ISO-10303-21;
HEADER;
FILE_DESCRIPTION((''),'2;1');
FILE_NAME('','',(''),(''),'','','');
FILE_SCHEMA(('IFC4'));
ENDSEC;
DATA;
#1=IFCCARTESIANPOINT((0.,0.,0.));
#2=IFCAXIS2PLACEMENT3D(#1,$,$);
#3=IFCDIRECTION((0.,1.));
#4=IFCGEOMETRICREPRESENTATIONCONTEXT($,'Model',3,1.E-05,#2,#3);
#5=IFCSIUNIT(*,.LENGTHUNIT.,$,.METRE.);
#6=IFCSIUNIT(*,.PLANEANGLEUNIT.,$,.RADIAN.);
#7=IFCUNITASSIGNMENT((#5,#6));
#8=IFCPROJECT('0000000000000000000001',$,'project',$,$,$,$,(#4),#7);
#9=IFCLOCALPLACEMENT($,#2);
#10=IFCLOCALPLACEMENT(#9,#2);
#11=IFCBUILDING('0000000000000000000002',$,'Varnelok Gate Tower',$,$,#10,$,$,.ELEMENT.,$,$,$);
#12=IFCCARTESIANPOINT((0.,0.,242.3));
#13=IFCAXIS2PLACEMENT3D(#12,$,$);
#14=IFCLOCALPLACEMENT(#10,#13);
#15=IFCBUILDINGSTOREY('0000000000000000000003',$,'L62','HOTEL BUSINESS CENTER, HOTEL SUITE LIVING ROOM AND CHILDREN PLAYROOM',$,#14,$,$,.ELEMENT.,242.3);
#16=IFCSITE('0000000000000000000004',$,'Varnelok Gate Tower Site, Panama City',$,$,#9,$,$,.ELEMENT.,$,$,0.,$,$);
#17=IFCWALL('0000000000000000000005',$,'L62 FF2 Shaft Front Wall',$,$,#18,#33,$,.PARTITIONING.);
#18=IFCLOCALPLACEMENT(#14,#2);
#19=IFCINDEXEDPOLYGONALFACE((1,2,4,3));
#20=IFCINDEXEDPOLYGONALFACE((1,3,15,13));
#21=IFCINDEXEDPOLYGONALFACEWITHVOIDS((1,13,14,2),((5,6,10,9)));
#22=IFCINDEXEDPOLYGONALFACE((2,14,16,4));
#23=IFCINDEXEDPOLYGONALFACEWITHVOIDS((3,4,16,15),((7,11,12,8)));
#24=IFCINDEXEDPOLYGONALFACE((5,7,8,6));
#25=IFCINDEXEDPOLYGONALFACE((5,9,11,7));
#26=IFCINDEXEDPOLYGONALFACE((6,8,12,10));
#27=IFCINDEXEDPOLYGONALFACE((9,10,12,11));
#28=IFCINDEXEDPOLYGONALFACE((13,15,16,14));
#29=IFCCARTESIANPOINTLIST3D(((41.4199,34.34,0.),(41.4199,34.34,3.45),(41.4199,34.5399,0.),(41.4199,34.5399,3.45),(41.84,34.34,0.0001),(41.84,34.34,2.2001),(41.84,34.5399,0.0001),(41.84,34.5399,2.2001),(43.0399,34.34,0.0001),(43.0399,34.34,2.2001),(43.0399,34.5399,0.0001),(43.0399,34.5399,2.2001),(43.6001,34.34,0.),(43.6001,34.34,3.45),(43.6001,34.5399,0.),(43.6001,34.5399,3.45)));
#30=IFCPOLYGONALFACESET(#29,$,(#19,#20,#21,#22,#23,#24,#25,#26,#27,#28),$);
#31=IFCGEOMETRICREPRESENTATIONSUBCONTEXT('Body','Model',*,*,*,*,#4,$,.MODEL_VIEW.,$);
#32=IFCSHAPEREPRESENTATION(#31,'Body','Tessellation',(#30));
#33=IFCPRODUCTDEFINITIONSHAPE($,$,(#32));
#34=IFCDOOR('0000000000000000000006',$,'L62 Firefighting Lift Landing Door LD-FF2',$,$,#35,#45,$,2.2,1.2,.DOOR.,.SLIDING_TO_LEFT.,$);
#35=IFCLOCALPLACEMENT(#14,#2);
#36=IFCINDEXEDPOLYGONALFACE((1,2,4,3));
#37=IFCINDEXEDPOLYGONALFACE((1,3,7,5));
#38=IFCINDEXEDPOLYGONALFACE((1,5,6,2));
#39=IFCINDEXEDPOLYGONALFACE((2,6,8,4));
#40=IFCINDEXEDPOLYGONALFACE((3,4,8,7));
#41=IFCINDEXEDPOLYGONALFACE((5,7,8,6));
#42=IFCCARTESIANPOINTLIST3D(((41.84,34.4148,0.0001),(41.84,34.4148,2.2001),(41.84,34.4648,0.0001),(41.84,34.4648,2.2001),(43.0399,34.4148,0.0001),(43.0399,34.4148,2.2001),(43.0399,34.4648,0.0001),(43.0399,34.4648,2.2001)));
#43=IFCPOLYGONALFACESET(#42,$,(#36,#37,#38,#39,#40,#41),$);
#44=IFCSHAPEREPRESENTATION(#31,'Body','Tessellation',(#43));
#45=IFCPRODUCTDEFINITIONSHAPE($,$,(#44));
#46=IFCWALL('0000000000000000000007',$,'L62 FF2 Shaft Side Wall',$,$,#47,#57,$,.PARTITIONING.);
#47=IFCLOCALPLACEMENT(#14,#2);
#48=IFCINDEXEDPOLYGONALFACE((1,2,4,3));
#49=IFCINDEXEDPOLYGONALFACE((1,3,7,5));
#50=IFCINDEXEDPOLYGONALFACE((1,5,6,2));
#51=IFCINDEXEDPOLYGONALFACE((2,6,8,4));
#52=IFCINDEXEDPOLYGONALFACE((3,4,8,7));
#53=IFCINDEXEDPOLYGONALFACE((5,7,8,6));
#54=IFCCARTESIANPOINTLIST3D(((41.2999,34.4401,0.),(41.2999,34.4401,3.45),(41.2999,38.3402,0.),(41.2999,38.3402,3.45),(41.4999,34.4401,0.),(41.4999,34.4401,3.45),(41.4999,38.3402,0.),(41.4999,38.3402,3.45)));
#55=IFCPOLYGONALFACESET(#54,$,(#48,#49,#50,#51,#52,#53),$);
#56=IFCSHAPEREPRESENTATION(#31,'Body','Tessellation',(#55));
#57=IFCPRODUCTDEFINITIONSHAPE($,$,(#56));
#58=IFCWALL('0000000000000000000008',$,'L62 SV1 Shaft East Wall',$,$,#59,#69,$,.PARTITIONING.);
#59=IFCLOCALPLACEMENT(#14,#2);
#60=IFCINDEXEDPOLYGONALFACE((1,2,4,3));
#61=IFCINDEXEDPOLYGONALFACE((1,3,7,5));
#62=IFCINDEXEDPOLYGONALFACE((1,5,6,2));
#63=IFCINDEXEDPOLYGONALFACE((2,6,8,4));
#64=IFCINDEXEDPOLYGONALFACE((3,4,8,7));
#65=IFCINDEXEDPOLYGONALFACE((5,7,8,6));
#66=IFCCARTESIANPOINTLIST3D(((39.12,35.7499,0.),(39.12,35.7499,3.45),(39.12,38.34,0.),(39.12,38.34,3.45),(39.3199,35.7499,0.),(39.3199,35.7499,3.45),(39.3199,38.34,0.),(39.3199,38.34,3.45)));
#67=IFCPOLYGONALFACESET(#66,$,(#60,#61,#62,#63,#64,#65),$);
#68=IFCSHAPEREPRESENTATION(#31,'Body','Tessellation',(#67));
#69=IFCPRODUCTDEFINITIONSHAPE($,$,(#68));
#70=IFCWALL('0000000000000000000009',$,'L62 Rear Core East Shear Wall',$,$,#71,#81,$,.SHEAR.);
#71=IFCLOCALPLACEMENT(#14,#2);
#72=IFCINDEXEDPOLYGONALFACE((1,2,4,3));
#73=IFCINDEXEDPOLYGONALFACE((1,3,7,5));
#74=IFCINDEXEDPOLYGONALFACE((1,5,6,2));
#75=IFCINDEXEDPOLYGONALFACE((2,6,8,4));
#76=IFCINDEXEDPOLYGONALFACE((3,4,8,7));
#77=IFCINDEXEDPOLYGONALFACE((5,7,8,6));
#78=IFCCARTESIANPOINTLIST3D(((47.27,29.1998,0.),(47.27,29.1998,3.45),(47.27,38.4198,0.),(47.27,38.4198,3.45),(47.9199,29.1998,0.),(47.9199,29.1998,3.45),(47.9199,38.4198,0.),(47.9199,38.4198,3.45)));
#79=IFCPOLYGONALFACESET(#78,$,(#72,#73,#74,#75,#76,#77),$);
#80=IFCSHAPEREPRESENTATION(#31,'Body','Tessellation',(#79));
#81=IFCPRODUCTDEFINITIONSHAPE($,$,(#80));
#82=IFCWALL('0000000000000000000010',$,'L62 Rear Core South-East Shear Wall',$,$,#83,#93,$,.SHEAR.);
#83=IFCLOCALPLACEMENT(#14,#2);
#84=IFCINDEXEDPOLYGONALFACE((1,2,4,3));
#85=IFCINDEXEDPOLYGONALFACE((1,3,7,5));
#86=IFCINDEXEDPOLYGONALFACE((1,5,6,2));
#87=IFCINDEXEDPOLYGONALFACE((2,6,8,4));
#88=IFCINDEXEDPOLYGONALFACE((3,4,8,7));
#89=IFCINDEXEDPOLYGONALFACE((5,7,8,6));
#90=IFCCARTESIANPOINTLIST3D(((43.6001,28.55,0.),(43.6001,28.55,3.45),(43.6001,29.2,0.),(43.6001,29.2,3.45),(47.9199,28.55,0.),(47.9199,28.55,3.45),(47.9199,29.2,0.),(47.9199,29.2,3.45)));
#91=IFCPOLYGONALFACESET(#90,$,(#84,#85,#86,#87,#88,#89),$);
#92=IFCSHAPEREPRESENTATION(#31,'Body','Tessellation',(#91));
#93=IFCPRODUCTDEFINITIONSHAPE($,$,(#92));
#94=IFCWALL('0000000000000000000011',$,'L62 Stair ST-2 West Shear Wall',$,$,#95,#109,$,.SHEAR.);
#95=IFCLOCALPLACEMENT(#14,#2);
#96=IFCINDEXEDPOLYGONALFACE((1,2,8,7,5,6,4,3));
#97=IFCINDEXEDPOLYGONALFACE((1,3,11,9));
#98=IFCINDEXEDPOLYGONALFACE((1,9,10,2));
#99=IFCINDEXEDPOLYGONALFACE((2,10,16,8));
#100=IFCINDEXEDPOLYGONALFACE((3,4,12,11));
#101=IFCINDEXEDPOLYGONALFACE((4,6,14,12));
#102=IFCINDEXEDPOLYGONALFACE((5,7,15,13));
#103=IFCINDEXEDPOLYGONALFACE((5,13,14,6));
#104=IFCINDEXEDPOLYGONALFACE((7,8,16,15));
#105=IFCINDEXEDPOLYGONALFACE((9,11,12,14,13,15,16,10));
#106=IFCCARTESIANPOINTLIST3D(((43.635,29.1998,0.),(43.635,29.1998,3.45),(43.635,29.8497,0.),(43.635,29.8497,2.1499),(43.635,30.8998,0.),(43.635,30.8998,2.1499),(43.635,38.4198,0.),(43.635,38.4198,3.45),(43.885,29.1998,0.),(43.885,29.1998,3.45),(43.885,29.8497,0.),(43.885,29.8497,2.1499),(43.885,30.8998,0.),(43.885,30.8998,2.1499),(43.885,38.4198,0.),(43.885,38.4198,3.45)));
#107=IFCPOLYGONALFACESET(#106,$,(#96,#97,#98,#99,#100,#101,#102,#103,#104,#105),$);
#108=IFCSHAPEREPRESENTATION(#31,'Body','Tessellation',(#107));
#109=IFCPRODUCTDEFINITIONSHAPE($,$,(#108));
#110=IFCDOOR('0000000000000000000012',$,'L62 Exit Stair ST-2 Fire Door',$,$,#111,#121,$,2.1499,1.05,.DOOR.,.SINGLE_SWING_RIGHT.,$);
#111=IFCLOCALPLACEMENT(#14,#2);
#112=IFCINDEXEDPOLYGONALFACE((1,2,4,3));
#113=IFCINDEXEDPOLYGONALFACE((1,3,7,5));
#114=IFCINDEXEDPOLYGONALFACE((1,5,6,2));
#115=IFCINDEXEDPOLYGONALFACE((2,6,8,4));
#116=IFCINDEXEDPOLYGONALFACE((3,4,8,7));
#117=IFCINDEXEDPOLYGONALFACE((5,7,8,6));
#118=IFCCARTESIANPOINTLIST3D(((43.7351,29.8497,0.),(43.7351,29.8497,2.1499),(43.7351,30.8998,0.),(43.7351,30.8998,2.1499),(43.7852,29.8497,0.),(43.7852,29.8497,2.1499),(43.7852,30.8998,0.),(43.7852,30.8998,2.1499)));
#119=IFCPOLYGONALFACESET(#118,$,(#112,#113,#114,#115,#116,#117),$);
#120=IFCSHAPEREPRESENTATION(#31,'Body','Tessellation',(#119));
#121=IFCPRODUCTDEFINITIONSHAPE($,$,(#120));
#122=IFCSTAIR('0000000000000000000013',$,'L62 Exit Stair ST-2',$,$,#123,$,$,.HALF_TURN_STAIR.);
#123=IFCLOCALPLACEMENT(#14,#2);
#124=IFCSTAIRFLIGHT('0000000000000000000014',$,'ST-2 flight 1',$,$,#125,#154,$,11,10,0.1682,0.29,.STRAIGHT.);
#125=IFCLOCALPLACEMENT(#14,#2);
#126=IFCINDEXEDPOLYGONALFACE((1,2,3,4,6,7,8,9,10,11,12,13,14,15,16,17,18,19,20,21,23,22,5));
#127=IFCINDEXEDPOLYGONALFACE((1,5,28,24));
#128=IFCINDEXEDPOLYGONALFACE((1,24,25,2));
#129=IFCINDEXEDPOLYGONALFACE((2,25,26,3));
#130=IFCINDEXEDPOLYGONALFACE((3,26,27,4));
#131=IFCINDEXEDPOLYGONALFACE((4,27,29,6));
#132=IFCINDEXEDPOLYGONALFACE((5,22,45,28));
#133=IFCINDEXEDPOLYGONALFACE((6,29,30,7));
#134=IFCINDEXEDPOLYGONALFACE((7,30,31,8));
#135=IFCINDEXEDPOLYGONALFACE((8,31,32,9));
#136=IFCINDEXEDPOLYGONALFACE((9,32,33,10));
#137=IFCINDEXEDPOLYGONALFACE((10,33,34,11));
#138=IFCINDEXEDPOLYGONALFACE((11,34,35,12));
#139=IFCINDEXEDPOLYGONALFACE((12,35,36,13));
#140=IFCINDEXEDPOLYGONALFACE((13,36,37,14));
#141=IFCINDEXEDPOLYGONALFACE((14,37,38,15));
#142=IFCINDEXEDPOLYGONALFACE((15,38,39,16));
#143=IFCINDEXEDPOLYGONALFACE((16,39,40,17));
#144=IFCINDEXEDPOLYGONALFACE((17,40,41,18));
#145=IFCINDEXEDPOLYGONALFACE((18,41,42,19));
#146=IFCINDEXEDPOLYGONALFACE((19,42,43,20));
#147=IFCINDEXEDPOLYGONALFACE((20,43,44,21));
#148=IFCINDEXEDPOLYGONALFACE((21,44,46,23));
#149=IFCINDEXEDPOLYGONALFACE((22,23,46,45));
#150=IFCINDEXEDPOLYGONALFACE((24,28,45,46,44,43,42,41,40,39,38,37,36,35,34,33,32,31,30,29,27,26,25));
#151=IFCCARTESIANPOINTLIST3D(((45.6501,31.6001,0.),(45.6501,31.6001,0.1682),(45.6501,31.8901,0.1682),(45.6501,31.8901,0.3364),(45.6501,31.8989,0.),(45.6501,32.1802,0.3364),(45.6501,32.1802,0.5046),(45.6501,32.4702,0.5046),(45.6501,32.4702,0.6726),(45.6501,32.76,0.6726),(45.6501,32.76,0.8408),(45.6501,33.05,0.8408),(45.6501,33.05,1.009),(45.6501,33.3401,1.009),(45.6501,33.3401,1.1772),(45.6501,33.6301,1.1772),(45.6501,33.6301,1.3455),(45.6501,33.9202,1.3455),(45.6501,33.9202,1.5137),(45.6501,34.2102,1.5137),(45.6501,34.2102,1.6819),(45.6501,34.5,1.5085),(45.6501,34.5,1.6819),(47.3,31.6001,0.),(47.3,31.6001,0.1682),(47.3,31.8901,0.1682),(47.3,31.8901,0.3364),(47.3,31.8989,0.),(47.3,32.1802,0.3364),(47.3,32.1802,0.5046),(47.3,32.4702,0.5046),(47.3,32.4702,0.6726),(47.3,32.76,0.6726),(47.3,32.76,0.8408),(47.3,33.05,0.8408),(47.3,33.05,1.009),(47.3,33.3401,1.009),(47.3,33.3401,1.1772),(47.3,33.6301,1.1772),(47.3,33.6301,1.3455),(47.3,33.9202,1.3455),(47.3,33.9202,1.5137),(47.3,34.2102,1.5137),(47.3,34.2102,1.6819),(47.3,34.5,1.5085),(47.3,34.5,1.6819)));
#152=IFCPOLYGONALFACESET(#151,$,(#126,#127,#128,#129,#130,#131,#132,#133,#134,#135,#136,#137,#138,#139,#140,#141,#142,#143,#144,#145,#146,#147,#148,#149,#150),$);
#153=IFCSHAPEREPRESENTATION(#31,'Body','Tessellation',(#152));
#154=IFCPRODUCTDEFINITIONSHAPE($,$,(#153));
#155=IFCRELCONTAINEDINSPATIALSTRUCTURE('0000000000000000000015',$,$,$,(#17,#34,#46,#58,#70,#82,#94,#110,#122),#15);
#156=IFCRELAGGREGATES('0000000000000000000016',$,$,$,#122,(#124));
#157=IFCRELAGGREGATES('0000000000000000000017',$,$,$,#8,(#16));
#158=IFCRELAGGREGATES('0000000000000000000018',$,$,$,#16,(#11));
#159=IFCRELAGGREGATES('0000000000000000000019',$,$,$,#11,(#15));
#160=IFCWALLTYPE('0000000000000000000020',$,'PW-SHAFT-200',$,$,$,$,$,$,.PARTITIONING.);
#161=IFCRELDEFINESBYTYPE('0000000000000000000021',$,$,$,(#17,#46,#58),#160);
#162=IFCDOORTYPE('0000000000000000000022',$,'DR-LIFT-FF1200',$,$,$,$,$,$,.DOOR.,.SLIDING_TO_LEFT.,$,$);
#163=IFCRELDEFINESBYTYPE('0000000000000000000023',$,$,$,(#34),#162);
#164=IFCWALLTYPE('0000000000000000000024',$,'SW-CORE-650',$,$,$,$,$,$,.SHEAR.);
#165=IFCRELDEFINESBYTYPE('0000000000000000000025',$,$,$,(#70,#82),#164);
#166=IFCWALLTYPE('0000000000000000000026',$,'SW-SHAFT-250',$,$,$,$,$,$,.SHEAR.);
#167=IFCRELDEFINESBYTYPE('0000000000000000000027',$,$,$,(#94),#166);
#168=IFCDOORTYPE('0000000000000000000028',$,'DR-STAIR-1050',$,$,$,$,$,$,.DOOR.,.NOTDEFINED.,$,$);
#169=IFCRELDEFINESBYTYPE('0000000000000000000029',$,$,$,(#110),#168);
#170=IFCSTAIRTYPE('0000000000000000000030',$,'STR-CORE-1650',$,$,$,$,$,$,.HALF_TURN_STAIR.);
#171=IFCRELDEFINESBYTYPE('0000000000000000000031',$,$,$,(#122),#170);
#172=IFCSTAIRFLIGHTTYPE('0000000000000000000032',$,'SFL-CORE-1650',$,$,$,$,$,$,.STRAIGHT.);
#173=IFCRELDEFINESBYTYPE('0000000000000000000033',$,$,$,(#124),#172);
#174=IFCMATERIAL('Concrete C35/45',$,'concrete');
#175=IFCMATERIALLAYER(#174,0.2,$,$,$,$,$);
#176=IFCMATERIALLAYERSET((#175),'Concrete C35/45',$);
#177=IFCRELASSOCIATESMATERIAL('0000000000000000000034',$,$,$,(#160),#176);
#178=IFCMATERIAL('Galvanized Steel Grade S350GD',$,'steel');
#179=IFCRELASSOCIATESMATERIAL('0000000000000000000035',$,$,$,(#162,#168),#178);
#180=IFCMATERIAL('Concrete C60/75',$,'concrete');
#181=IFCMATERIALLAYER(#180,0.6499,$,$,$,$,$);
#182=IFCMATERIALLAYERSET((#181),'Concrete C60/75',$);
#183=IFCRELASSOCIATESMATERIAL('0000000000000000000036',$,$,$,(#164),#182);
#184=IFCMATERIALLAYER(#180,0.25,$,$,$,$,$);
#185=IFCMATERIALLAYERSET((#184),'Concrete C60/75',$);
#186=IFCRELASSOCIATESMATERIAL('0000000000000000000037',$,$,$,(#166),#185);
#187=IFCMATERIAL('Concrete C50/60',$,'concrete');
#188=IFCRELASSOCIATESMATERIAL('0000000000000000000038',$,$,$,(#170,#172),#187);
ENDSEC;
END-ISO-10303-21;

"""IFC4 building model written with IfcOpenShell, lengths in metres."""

from ifc_helpers import new_model, si_unit, direction, frame, frame_2d, origin, place, context, subcontext, project, spatial, polyline, rectangle, outline, extrude, material, layer, layer_set, type_object, element, fill, aggregate, save


model = new_model("IFC4")

# Units and contexts
model_context = context("Model", 3, precision=1e-05, world=origin(), true_north=direction((0.0, 1.0)))
body_context = subcontext(model_context, "Body", "Model", "MODEL_VIEW")
ifc_project = project(units=[si_unit("LENGTHUNIT", "METRE"), si_unit("PLANEANGLEUNIT", "RADIAN")], contexts=[model_context])

# Site, building, storey
site_placement = place(None, origin())
site = spatial("IfcSite", under=ifc_project, at=site_placement, Name="Varnelok Gate Tower Site, Panama City", CompositionType="ELEMENT", RefElevation=0.0)
building_placement = place(site_placement, origin())
building = spatial("IfcBuilding", under=site, at=building_placement, Name="Varnelok Gate Tower", CompositionType="ELEMENT")
storey_placement = place(building_placement, frame((0.0, 0.0, 242.3)))
storey = spatial("IfcBuildingStorey", under=building, at=storey_placement, Name="L62", Description="HOTEL BUSINESS CENTER, HOTEL SUITE LIVING ROOM AND CHILDREN PLAYROOM", CompositionType="ELEMENT", Elevation=242.3)

# Shared definitions
ifc_material_1 = material(Name="Galvanized Steel Grade S350GD", Category="steel")

# Shared definitions
ifc_material_2 = material(Name="Concrete C35/45", Category="concrete")
ifc_layer_1 = layer(ifc_material_2, 0.2)
ifc_layer_set_1 = layer_set([ifc_layer_1], Name="Concrete C35/45")
wall_type_1 = type_object("IfcWallType", Name="PW-SHAFT-200", PredefinedType="PARTITIONING", material=ifc_layer_set_1)

# Wall, opening, door
wall_1_placement = place(storey_placement, frame((41.4199, 34.4399, 0.0), z_axis=(0.0, 0.0, 1.0), x_axis=(1.0, 0.0, 0.0)))
wall_1 = element("IfcWall", 1, at=wall_1_placement, inside=storey, type_object=wall_type_1, Name="L62 FF2 Shaft Front Wall", PredefinedType="PARTITIONING", context=body_context, shape_type="SweptSolid", body=[
    extrude(rectangle(XDim=2.1802, YDim=0.2, at=frame_2d((1.0901, 0.0))), origin(), (0.0, 0.0, 1.0), 3.45),
])
opening_1_placement = place(wall_1_placement, frame((0.4199, 0.0, 0.0)))
opening_1 = element("IfcOpeningElement", 2, at=opening_1_placement, cuts=wall_1, PredefinedType="OPENING", context=body_context, shape_type="SweptSolid", body=[
    extrude(rectangle(XDim=1.2, YDim=2.2, at=frame_2d((0.6001, 1.1001))), frame((0.0, 0.1099, 0.0), z_axis=(0.0, -1.0, 0.0), x_axis=(1.0, 0.0, 0.0)), (0.0, 0.0, 1.0), 0.22),
])
door_type_1 = type_object("IfcDoorType", Name="DR-LIFT-FF1200", OperationType="SLIDING_TO_LEFT", PredefinedType="DOOR", material=ifc_material_1)
door_1_placement = place(opening_1_placement, origin())
door_1 = element("IfcDoor", 3, at=door_1_placement, inside=storey, type_object=door_type_1, Name="L62 Firefighting Lift Landing Door LD-FF2", OperationType="SLIDING_TO_LEFT", OverallHeight=2.2, OverallWidth=1.2, PredefinedType="DOOR", context=body_context, shape_type="SweptSolid", body=[
    extrude(rectangle(XDim=1.2, YDim=2.2, at=frame_2d((0.6001, 1.1001))), frame((0.0, 0.0249, 0.0), z_axis=(0.0, -1.0, 0.0), x_axis=(1.0, 0.0, 0.0)), (0.0, 0.0, 1.0), 0.05),
])
fill(opening_1, door_1)

# Walls
wall_2_placement = place(storey_placement, frame((41.3999, 34.4399, 0.0), z_axis=(0.0, 0.0, 1.0), x_axis=(0.0, 1.0, 0.0)))
element("IfcWall", 4, at=wall_2_placement, inside=storey, type_object=wall_type_1, Name="L62 FF2 Shaft Side Wall", PredefinedType="PARTITIONING", context=body_context, shape_type="SweptSolid", body=[
    extrude(rectangle(XDim=3.9001, YDim=0.2, at=frame_2d((1.9502, 0.0))), origin(), (0.0, 0.0, 1.0), 3.45),
])
wall_3_placement = place(storey_placement, frame((39.22, 35.75, 0.0), z_axis=(0.0, 0.0, 1.0), x_axis=(0.0, 1.0, 0.0)))
element("IfcWall", 5, at=wall_3_placement, inside=storey, type_object=wall_type_1, Name="L62 SV1 Shaft East Wall", PredefinedType="PARTITIONING", context=body_context, shape_type="SweptSolid", body=[
    extrude(rectangle(XDim=2.5901, YDim=0.2, at=frame_2d((1.2949, 0.0))), origin(), (0.0, 0.0, 1.0), 3.45),
])
ifc_material_3 = material(Name="Concrete C60/75", Category="concrete")
ifc_layer_2 = layer(ifc_material_3, 0.6499)
ifc_layer_set_2 = layer_set([ifc_layer_2], Name="Concrete C60/75")
wall_type_2 = type_object("IfcWallType", Name="SW-CORE-650", PredefinedType="SHEAR", material=ifc_layer_set_2)
wall_4_placement = place(storey_placement, frame((47.595, 29.2, 0.0), z_axis=(0.0, 0.0, 1.0), x_axis=(0.0, 1.0, 0.0)))
element("IfcWall", 6, at=wall_4_placement, inside=storey, type_object=wall_type_2, Name="L62 Rear Core East Shear Wall", PredefinedType="SHEAR", context=body_context, shape_type="SweptSolid", body=[
    extrude(rectangle(XDim=9.22, YDim=0.6499, at=frame_2d((4.6099, 0.0))), origin(), (0.0, 0.0, 1.0), 3.45),
])
wall_5_placement = place(storey_placement, frame((43.6001, 28.875, 0.0), z_axis=(0.0, 0.0, 1.0), x_axis=(1.0, 0.0, 0.0)))
element("IfcWall", 7, at=wall_5_placement, inside=storey, type_object=wall_type_2, Name="L62 Rear Core South-East Shear Wall", PredefinedType="SHEAR", context=body_context, shape_type="SweptSolid", body=[
    extrude(rectangle(XDim=4.3198, YDim=0.6499, at=frame_2d((2.1599, 0.0))), origin(), (0.0, 0.0, 1.0), 3.45),
])

# Wall, opening, door
ifc_layer_3 = layer(ifc_material_3, 0.25)
ifc_layer_set_3 = layer_set([ifc_layer_3], Name="Concrete C60/75")
wall_type_3 = type_object("IfcWallType", Name="SW-SHAFT-250", PredefinedType="SHEAR", material=ifc_layer_set_3)
wall_6_placement = place(storey_placement, frame((43.76, 29.2, 0.0), z_axis=(0.0, 0.0, 1.0), x_axis=(0.0, 1.0, 0.0)))
wall_6 = element("IfcWall", 8, at=wall_6_placement, inside=storey, type_object=wall_type_3, Name="L62 Stair ST-2 West Shear Wall", PredefinedType="SHEAR", context=body_context, shape_type="SweptSolid", body=[
    extrude(rectangle(XDim=9.22, YDim=0.25, at=frame_2d((4.6099, 0.0))), origin(), (0.0, 0.0, 1.0), 3.45),
])
opening_2_placement = place(wall_6_placement, frame((0.6499, 0.0, 0.0)))
opening_2 = element("IfcOpeningElement", 9, at=opening_2_placement, cuts=wall_6, PredefinedType="OPENING", context=body_context, shape_type="SweptSolid", body=[
    extrude(rectangle(XDim=1.05, YDim=2.1499, at=frame_2d((0.5249, 1.075))), frame((0.0, 0.135, 0.0), z_axis=(0.0, -1.0, 0.0), x_axis=(1.0, 0.0, 0.0)), (0.0, 0.0, 1.0), 0.27),
])
door_type_2 = type_object("IfcDoorType", Name="DR-STAIR-1050", OperationType="NOTDEFINED", PredefinedType="DOOR", material=ifc_material_1)
door_2_placement = place(opening_2_placement, origin())
door_2 = element("IfcDoor", 10, at=door_2_placement, inside=storey, type_object=door_type_2, Name="L62 Exit Stair ST-2 Fire Door", OperationType="SINGLE_SWING_RIGHT", OverallHeight=2.1499, OverallWidth=1.05, PredefinedType="DOOR", context=body_context, shape_type="SweptSolid", body=[
    extrude(rectangle(XDim=1.05, YDim=2.1499, at=frame_2d((0.5249, 1.075))), frame((0.0, 0.0249, 0.0), z_axis=(0.0, -1.0, 0.0), x_axis=(1.0, 0.0, 0.0)), (0.0, 0.0, 1.0), 0.05),
])
fill(opening_2, door_2)

# Stair, stair flight
ifc_material_4 = material(Name="Concrete C50/60", Category="concrete")
stair_type = type_object("IfcStairType", Name="STR-CORE-1650", PredefinedType="HALF_TURN_STAIR", material=ifc_material_4)
stair_placement = place(storey_placement, origin())
stair = element("IfcStair", 11, at=stair_placement, inside=storey, type_object=stair_type, Name="L62 Exit Stair ST-2", PredefinedType="HALF_TURN_STAIR")
stair_flight_type = type_object("IfcStairFlightType", Name="SFL-CORE-1650", PredefinedType="STRAIGHT", material=ifc_material_4)
stair_flight_1_placement = place(storey_placement, frame((46.4751, 31.6001, 0.0), z_axis=(0.0, 0.0, 1.0), x_axis=(0.0, 1.0, 0.0)))
stair_flight_1 = element("IfcStairFlight", 12, at=stair_flight_1_placement, type_object=stair_flight_type, Name="ST-2 flight 1", NumberOfRisers=11, NumberOfTreads=10, PredefinedType="STRAIGHT", RiserHeight=0.1682, TreadLength=0.29, context=body_context, shape_type="SweptSolid", body=[
    extrude(outline(polyline([(0.0, 0.0), (0.0, 0.1682), (0.29, 0.1682), (0.29, 0.3364), (0.5801, 0.3364), (0.5801, 0.5046), (0.8701, 0.5046), (0.8701, 0.6726), (1.1599, 0.6726), (1.1599, 0.8408), (1.45, 0.8408), (1.45, 1.009), (1.74, 1.009), (1.74, 1.1772), (2.03, 1.1772), (2.03, 1.3455), (2.3201, 1.3455), (2.3201, 1.5137), (2.6101, 1.5137), (2.6101, 1.6819), (2.8999, 1.6819), (2.8999, 1.8501), (2.8999, 1.5085), (0.2988, 0.0), (0.0, 0.0)])), frame((0.0, 0.825, 0.0), z_axis=(0.0, -1.0, 0.0), x_axis=(1.0, 0.0, 0.0)), (0.0, 0.0, 1.0), 1.6499),
])
aggregate(stair, [stair_flight_1])

save(model, "model.ifc")
